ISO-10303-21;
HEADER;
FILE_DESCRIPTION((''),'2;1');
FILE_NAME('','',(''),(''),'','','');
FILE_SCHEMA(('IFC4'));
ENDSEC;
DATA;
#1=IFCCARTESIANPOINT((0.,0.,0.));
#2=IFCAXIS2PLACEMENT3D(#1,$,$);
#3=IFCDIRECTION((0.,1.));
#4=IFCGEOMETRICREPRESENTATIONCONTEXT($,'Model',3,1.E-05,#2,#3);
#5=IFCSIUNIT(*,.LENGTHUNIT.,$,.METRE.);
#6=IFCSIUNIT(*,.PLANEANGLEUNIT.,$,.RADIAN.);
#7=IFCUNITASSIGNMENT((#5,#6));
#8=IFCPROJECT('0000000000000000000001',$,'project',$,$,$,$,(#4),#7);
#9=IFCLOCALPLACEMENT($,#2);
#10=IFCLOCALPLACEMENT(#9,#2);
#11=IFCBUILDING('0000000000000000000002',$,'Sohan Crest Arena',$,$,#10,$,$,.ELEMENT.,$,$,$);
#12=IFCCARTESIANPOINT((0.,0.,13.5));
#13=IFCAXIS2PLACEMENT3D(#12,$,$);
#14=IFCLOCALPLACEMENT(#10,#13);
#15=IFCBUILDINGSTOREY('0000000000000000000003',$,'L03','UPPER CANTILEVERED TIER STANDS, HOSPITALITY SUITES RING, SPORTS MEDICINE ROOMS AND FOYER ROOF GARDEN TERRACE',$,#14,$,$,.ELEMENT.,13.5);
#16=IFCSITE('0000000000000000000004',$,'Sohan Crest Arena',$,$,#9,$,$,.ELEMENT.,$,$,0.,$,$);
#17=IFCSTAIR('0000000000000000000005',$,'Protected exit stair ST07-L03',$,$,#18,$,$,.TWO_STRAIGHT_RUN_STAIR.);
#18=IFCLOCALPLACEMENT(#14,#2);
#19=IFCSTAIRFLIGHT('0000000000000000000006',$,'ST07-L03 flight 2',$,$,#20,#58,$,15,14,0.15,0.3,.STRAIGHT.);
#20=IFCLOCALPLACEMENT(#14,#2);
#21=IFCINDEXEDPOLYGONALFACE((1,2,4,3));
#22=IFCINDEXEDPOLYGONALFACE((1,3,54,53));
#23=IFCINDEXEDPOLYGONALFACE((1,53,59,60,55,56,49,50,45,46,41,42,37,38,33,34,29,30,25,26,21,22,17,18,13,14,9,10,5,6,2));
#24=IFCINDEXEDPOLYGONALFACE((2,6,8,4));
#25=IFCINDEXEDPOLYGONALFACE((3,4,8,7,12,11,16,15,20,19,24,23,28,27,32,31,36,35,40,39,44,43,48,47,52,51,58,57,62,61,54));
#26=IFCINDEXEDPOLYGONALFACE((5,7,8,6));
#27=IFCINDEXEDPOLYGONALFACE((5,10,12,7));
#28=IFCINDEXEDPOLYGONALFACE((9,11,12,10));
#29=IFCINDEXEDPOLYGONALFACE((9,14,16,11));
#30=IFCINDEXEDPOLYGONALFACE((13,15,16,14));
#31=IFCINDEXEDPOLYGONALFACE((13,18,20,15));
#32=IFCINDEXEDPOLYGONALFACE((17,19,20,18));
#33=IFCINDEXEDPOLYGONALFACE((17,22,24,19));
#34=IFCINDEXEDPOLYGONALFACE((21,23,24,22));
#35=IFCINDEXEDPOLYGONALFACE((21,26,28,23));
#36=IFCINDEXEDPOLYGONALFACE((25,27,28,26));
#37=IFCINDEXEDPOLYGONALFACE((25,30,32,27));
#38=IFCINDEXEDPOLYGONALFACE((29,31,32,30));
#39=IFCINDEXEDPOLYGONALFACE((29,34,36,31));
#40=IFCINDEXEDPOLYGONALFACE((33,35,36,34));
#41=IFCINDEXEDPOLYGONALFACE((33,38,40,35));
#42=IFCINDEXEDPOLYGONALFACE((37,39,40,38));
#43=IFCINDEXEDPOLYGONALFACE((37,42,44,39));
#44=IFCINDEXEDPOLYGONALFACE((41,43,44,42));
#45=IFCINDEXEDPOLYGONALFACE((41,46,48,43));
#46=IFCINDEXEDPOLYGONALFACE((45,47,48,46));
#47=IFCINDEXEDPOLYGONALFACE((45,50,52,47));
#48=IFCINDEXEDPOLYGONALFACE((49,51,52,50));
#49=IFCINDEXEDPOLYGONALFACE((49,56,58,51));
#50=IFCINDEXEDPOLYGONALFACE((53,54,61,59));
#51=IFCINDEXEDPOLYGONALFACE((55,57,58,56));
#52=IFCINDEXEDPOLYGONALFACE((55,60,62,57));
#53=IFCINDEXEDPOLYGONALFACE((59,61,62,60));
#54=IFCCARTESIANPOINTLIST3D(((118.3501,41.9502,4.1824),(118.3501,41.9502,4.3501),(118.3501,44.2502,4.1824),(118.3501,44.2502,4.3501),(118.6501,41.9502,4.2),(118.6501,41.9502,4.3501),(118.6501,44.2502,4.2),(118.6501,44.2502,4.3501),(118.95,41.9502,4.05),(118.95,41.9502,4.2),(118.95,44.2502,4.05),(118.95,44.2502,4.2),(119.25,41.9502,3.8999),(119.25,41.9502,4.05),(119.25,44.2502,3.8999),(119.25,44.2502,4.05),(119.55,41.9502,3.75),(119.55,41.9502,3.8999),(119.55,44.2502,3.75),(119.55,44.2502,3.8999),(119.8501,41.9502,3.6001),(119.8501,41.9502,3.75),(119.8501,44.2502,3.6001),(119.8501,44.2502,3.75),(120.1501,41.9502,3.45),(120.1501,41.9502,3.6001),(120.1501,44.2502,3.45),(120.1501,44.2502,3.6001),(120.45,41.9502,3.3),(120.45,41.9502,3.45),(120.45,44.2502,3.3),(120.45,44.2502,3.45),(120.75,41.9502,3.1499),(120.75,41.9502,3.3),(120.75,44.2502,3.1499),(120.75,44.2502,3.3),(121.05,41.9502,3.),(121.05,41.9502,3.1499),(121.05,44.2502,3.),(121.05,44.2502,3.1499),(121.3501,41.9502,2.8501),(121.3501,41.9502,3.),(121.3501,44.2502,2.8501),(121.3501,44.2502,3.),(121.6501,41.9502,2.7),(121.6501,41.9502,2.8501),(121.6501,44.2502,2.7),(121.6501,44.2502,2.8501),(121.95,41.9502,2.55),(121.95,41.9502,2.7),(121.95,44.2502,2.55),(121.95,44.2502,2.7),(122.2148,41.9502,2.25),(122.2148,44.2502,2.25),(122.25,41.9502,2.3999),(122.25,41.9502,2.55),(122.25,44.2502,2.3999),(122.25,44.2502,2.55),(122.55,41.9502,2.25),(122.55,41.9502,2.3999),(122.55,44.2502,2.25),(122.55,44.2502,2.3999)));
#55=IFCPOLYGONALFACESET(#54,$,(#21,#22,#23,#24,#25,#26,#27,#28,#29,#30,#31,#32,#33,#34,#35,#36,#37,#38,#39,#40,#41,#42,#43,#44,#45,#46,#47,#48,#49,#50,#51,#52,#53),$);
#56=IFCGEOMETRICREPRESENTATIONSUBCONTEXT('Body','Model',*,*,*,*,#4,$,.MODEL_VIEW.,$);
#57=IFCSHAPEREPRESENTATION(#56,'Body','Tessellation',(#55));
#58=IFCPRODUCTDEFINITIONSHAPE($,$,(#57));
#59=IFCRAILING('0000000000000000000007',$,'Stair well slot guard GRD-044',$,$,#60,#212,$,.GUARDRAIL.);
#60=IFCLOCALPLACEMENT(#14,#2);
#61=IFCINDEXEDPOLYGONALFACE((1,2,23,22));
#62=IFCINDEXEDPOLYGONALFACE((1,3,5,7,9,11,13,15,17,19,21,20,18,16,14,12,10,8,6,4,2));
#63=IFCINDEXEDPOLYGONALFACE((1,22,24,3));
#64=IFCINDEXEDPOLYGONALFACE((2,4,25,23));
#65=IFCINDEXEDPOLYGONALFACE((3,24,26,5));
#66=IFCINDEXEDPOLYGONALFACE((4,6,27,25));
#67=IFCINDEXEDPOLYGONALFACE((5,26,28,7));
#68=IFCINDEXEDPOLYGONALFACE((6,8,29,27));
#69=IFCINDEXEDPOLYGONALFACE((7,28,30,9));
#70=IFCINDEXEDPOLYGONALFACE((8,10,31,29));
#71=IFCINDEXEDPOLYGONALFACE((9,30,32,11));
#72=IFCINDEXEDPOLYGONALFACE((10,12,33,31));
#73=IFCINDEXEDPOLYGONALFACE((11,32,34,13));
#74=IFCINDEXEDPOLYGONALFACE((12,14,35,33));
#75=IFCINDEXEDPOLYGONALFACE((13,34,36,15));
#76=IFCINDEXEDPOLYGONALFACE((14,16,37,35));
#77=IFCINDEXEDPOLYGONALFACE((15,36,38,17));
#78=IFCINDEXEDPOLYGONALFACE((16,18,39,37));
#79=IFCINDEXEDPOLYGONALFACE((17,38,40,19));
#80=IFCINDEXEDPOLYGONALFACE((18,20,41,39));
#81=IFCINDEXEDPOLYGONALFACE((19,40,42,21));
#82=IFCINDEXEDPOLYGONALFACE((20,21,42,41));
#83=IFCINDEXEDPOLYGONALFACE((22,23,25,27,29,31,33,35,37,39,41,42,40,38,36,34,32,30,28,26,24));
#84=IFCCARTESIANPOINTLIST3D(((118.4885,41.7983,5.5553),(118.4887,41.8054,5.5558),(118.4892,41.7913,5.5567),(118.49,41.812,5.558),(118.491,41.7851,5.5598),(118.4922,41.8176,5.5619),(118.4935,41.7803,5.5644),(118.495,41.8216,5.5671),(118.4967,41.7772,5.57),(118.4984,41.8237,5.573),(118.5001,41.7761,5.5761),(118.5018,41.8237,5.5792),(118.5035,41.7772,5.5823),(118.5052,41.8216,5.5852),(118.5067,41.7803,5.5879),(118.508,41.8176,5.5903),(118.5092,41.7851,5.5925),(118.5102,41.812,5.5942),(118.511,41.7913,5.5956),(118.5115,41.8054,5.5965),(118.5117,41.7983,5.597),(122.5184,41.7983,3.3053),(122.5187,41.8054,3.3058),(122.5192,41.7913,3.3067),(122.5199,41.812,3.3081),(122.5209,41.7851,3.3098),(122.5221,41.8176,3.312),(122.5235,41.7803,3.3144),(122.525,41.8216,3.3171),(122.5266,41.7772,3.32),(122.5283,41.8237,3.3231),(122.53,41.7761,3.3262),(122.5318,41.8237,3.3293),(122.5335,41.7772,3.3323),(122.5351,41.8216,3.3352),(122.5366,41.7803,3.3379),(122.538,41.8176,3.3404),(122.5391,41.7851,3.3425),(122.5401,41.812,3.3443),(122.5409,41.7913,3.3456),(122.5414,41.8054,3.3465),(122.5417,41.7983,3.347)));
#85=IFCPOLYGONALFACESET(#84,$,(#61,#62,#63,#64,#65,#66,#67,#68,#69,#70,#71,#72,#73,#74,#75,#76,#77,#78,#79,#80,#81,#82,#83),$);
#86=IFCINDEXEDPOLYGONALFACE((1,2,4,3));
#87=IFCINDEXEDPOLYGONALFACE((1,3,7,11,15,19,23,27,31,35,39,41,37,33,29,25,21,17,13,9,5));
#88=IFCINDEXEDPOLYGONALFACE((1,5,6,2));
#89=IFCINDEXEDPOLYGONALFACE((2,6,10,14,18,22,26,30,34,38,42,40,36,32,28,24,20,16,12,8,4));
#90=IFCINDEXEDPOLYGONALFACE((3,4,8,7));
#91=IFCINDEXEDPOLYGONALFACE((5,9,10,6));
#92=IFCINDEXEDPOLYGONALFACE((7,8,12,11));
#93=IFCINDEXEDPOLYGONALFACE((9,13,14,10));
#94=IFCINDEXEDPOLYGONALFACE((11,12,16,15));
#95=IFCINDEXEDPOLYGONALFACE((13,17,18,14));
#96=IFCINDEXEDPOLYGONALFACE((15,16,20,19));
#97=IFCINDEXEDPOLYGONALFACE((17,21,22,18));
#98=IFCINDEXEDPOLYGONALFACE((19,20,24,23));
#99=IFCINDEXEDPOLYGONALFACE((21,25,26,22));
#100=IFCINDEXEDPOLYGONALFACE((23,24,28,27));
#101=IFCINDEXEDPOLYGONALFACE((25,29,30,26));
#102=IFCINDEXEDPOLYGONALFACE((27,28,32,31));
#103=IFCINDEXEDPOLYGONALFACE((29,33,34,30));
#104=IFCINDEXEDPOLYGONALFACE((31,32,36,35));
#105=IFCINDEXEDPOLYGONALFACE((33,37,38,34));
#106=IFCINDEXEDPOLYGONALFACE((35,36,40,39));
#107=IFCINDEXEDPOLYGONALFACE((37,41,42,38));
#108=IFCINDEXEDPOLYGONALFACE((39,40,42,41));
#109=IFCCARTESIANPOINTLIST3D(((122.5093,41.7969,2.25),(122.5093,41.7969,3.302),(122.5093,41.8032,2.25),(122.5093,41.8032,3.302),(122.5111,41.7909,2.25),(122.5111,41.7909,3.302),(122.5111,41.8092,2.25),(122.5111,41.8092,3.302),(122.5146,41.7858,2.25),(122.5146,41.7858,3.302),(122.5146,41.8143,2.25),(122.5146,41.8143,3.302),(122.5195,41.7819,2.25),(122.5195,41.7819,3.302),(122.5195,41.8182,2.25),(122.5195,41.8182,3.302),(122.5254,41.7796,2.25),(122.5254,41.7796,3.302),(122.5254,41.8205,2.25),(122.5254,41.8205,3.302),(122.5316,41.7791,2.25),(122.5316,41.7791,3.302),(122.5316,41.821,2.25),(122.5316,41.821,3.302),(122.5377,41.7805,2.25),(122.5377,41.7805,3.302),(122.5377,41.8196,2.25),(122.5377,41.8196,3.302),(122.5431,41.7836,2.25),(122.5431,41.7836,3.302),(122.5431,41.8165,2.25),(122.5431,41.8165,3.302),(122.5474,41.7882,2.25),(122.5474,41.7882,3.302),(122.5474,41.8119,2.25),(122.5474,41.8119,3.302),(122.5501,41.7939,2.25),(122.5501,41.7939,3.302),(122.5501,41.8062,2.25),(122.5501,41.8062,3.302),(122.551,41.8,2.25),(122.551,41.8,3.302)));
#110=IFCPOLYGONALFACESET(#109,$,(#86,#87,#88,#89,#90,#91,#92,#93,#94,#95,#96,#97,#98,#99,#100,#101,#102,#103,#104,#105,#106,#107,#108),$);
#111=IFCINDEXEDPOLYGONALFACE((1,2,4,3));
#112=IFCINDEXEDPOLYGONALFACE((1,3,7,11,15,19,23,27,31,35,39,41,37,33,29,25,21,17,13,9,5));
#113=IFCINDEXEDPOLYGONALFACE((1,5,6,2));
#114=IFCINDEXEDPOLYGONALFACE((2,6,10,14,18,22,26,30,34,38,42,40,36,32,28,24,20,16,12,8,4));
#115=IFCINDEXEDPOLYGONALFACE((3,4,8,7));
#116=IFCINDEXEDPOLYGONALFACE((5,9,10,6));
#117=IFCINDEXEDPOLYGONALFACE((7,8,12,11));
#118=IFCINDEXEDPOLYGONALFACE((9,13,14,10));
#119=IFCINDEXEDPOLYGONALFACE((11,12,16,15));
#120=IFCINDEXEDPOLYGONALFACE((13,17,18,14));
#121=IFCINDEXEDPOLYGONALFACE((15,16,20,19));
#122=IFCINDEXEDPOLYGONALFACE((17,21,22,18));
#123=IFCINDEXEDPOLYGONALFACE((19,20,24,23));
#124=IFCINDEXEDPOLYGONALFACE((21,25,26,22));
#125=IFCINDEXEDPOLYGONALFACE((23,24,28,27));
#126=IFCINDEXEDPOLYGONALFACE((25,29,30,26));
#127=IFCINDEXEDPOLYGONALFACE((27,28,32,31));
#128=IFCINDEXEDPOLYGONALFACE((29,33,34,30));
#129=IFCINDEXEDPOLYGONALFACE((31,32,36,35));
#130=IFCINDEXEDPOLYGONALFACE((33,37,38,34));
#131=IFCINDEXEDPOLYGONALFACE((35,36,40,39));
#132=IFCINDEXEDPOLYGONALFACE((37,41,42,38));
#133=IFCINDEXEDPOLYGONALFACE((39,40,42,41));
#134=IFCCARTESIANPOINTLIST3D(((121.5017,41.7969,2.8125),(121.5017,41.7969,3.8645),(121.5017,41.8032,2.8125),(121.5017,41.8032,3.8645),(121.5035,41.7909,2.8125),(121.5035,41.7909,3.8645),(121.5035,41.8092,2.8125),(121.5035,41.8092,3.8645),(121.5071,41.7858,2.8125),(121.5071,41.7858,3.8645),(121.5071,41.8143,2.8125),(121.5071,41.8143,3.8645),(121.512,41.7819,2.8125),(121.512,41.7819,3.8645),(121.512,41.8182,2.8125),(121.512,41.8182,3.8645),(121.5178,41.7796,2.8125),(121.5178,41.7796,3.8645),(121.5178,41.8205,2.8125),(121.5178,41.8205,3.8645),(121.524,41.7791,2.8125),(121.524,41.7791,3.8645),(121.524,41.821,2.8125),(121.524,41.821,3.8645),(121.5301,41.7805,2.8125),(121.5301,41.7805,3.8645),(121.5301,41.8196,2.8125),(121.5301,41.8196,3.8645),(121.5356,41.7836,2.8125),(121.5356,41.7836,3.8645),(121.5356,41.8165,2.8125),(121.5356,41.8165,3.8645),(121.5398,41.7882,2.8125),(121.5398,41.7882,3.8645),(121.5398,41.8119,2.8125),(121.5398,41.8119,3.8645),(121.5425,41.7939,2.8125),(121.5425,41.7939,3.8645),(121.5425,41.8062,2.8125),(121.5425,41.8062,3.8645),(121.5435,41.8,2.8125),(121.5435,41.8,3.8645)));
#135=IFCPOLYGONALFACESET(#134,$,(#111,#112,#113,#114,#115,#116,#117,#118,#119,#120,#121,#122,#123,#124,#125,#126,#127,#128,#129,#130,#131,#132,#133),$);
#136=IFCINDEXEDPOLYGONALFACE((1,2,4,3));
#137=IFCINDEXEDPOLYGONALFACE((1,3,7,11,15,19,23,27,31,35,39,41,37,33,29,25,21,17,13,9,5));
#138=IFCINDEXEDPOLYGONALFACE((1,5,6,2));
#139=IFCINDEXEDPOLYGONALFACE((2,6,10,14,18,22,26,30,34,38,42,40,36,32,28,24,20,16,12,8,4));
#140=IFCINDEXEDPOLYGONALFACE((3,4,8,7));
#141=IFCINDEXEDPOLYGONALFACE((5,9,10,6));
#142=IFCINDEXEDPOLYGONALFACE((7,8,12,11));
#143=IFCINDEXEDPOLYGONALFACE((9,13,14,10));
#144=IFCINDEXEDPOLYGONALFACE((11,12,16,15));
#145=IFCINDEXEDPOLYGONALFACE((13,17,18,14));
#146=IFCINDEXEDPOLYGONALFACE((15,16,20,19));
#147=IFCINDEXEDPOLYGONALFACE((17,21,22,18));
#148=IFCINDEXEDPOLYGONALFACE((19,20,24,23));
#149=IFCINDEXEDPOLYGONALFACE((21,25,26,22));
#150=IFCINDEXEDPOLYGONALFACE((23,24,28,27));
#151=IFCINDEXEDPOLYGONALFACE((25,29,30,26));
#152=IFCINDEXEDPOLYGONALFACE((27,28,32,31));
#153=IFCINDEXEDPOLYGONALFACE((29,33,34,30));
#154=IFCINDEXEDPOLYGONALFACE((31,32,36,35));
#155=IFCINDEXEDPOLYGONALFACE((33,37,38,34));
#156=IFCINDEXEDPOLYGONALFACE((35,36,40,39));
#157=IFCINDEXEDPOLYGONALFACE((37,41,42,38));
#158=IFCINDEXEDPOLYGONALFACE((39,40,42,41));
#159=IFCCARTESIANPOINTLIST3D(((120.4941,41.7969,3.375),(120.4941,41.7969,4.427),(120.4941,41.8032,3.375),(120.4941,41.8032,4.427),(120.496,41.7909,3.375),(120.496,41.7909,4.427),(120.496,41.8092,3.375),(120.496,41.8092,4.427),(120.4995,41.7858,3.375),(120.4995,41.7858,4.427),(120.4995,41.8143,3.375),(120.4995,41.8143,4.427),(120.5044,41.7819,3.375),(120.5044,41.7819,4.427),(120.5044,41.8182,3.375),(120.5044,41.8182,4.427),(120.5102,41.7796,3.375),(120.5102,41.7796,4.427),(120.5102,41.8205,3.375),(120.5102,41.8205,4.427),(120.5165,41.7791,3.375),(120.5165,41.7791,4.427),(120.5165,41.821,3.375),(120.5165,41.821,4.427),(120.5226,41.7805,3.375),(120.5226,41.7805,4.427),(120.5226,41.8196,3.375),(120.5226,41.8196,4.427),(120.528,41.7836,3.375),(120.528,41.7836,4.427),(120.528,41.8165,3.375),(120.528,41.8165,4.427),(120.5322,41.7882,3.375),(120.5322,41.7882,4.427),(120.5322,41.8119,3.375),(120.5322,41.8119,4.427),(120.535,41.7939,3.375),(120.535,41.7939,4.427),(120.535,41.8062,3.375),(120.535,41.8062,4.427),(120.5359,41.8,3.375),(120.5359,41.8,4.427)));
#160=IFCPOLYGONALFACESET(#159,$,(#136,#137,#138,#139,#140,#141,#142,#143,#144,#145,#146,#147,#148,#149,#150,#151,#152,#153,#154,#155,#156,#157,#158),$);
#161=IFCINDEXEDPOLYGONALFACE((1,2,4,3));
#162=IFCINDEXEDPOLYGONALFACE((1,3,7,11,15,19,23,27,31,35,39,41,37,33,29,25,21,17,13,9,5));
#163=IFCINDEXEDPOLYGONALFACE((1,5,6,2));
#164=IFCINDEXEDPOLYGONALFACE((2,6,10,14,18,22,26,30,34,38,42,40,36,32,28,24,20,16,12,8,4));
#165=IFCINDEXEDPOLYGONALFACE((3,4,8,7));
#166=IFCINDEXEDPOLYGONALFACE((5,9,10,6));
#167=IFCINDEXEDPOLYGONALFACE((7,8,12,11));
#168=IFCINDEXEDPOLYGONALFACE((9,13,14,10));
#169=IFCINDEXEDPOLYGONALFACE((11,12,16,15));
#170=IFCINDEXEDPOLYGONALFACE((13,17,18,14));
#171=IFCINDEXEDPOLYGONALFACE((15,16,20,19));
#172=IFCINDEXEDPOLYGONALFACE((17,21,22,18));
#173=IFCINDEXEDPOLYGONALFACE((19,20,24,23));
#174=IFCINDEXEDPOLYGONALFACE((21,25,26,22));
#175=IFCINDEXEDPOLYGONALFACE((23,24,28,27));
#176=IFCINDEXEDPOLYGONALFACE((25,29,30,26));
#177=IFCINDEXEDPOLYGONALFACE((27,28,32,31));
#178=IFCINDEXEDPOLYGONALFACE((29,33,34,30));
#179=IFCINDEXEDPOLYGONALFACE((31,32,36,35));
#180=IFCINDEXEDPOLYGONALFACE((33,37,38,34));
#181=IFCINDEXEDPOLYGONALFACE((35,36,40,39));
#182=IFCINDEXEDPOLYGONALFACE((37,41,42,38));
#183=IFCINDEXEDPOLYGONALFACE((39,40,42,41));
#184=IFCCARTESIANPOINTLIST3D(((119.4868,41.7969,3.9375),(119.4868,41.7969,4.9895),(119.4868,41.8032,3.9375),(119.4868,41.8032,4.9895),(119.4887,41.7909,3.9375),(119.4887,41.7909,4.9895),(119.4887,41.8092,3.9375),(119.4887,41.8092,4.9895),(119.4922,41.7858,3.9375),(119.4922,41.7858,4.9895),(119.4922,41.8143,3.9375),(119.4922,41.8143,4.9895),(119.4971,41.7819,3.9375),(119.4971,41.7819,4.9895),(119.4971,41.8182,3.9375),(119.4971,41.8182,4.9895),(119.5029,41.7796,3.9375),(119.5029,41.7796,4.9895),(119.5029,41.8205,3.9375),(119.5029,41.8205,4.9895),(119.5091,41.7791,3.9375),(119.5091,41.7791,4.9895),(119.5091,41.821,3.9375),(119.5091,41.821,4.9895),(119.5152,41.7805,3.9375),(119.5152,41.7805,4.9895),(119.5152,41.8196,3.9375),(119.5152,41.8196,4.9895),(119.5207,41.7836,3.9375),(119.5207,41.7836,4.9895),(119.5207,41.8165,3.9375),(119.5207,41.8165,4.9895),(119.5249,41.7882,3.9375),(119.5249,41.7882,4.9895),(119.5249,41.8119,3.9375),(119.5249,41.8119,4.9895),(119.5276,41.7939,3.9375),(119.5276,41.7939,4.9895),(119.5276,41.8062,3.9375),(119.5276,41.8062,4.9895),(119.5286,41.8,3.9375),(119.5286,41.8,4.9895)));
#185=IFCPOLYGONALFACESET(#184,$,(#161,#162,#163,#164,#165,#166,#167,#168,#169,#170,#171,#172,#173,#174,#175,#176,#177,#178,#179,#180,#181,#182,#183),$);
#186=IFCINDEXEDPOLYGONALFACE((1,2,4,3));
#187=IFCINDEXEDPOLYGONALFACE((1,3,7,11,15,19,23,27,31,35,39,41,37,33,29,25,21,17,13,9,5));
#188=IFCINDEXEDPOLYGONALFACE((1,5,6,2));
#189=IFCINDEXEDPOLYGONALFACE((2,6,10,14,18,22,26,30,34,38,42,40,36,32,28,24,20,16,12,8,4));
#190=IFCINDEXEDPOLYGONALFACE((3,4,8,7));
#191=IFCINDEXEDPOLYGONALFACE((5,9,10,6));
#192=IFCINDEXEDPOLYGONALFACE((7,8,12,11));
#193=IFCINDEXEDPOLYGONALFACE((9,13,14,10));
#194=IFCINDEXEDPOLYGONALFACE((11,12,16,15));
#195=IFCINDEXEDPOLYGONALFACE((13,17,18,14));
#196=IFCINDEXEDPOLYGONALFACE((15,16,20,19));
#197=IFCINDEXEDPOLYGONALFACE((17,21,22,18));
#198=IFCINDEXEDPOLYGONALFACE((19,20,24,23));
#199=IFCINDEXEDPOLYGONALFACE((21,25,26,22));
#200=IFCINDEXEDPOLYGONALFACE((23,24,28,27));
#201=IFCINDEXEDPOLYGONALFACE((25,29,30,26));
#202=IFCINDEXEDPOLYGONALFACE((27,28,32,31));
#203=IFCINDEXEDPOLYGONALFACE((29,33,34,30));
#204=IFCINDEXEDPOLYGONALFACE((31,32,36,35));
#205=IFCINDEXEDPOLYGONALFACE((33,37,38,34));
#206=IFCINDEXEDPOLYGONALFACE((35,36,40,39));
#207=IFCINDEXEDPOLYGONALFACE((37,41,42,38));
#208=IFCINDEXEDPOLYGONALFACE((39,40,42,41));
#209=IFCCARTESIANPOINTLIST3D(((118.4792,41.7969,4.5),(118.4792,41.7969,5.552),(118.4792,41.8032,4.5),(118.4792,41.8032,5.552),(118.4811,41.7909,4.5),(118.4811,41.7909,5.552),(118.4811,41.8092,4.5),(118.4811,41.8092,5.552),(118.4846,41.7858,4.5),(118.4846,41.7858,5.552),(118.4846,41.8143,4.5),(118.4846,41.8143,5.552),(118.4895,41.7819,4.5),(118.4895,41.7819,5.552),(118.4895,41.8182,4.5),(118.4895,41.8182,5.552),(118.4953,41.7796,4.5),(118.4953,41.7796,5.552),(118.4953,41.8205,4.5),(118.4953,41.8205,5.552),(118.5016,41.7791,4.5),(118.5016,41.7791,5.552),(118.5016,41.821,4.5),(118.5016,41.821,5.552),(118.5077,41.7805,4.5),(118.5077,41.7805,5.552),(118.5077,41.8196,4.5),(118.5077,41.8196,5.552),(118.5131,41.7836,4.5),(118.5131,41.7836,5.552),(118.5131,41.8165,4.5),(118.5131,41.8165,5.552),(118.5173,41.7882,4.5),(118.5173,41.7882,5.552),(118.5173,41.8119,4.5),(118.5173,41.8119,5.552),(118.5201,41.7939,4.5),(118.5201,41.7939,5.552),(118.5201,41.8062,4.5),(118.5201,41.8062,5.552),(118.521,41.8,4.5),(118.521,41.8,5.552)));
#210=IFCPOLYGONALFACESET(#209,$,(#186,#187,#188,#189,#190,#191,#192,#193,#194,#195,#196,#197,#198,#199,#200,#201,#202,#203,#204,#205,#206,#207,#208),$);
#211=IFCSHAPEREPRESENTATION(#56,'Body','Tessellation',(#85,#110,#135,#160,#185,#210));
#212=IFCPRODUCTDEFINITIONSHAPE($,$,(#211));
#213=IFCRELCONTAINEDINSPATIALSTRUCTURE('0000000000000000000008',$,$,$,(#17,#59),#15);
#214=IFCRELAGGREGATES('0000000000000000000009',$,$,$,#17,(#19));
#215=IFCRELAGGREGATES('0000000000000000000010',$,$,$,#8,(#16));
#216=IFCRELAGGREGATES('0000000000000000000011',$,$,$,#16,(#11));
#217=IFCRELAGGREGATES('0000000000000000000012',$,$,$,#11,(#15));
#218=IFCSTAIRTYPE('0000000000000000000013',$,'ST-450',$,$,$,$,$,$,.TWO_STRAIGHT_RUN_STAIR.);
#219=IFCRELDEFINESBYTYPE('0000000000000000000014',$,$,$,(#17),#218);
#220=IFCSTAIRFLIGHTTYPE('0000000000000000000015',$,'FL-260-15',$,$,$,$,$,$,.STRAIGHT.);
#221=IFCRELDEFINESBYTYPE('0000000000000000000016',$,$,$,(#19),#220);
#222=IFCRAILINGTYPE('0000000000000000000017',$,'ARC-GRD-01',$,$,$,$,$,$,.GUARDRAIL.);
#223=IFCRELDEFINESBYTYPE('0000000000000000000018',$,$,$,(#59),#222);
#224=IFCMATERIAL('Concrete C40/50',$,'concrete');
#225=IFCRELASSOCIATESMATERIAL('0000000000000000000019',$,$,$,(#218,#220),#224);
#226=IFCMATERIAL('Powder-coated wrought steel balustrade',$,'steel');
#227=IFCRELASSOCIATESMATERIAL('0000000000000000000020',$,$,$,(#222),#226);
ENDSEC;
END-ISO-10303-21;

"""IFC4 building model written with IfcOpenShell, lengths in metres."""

from ifc_helpers import new_model, si_unit, direction, frame, origin, origin_2d, place, context, subcontext, project, spatial, polyline, circle, outline, extrude, material, type_object, element, aggregate, save


model = new_model("IFC4")

# Units and contexts
model_context = context("Model", 3, precision=1e-05, world=origin(), true_north=direction((0.0, 1.0)))
body_context = subcontext(model_context, "Body", "Model", "MODEL_VIEW")
ifc_project = project(units=[si_unit("LENGTHUNIT", "METRE"), si_unit("PLANEANGLEUNIT", "RADIAN")], contexts=[model_context])

# Site, building, storey
site_placement = place(None, origin())
site = spatial("IfcSite", under=ifc_project, at=site_placement, Name="Sohan Crest Arena", CompositionType="ELEMENT", RefElevation=0.0)
building_placement = place(site_placement, origin())
building = spatial("IfcBuilding", under=site, at=building_placement, Name="Sohan Crest Arena", CompositionType="ELEMENT")
storey_placement = place(building_placement, frame((0.0, 0.0, 13.5)))
storey = spatial("IfcBuildingStorey", under=building, at=storey_placement, Name="L03", Description="UPPER CANTILEVERED TIER STANDS, HOSPITALITY SUITES RING, SPORTS MEDICINE ROOMS AND FOYER ROOF GARDEN TERRACE", CompositionType="ELEMENT", Elevation=13.5)

# Shared definitions
ifc_material_1 = material(Name="Concrete C40/50", Category="concrete")

# Stair, stair flight
stair_type_1 = type_object("IfcStairType", Name="ST-450", PredefinedType="TWO_STRAIGHT_RUN_STAIR", material=ifc_material_1)
stair_1_placement = place(storey_placement, origin())
stair_1 = element("IfcStair", 1, at=stair_1_placement, inside=storey, type_object=stair_type_1, Name="Protected exit stair ST07-L03", PredefinedType="TWO_STRAIGHT_RUN_STAIR")
stair_flight_type_1 = type_object("IfcStairFlightType", Name="FL-260-15", PredefinedType="STRAIGHT", material=ifc_material_1)
stair_flight_1_placement = place(storey_placement, frame((122.55, 43.1001, 2.25), z_axis=(0.0, 0.0, 1.0), x_axis=(-1.0, 0.0, 0.0)))
stair_flight_1 = element("IfcStairFlight", 2, at=stair_flight_1_placement, type_object=stair_flight_type_1, Name="ST07-L03 flight 2", NumberOfRisers=15, NumberOfTreads=14, PredefinedType="STRAIGHT", RiserHeight=0.15, TreadLength=0.3, context=body_context, shape_type="SweptSolid", body=[
    extrude(outline(polyline([(0.0, 0.0), (0.0, 0.1499), (0.3, 0.1499), (0.3, 0.3), (0.6001, 0.3), (0.6001, 0.45), (0.8999, 0.45), (0.8999, 0.6001), (1.2, 0.6001), (1.2, 0.75), (1.5, 0.75), (1.5, 0.8999), (1.8, 0.8999), (1.8, 1.05), (2.1001, 1.05), (2.1001, 1.2), (2.3999, 1.2), (2.3999, 1.3501), (2.7, 1.3501), (2.7, 1.5), (3.0, 1.5), (3.0, 1.6499), (3.3, 1.6499), (3.3, 1.8), (3.6001, 1.8), (3.6001, 1.95), (3.8999, 1.95), (3.8999, 2.1001), (4.2, 2.1001), (4.2, 2.25), (4.2, 1.9324), (0.3352, 0.0), (0.0, 0.0)])), frame((0.0, 1.1499, 0.0), z_axis=(0.0, -1.0, 0.0), x_axis=(1.0, 0.0, 0.0)), (0.0, 0.0, 1.0), 2.3),
])
aggregate(stair_1, [stair_flight_1])

# Railing
ifc_material_2 = material(Name="Powder-coated wrought steel balustrade", Category="steel")
railing_type_1 = type_object("IfcRailingType", Name="ARC-GRD-01", PredefinedType="GUARDRAIL", material=ifc_material_2)
railing_1_placement = place(storey_placement, frame((122.53, 41.8, 2.25)))
element("IfcRailing", 3, at=railing_1_placement, inside=storey, type_object=railing_type_1, Name="Stair well slot guard GRD-044", PredefinedType="GUARDRAIL", context=body_context, shape_type="SweptSolid", body=[
    extrude(circle(Radius=0.0239, at=origin_2d()), frame((0.0, 0.0, 1.0762), z_axis=(-0.873135, 0.0, 0.487479), x_axis=(0.0, -1.0, 0.0)), (0.0, 0.0, 1.0), 4.6155),
    extrude(circle(Radius=0.021, at=origin_2d()), origin(), (0.0, 0.0, 1.0), 1.052),
    extrude(circle(Radius=0.021, at=origin_2d()), frame((-1.0076, 0.0, 0.5625)), (0.0, 0.0, 1.0), 1.052),
    extrude(circle(Radius=0.021, at=origin_2d()), frame((-2.0151, 0.0, 1.125)), (0.0, 0.0, 1.0), 1.052),
    extrude(circle(Radius=0.021, at=origin_2d()), frame((-3.0225, 0.0, 1.6875)), (0.0, 0.0, 1.0), 1.052),
    extrude(circle(Radius=0.021, at=origin_2d()), frame((-4.03, 0.0, 2.25)), (0.0, 0.0, 1.0), 1.052),
])

save(model, "model.ifc")
